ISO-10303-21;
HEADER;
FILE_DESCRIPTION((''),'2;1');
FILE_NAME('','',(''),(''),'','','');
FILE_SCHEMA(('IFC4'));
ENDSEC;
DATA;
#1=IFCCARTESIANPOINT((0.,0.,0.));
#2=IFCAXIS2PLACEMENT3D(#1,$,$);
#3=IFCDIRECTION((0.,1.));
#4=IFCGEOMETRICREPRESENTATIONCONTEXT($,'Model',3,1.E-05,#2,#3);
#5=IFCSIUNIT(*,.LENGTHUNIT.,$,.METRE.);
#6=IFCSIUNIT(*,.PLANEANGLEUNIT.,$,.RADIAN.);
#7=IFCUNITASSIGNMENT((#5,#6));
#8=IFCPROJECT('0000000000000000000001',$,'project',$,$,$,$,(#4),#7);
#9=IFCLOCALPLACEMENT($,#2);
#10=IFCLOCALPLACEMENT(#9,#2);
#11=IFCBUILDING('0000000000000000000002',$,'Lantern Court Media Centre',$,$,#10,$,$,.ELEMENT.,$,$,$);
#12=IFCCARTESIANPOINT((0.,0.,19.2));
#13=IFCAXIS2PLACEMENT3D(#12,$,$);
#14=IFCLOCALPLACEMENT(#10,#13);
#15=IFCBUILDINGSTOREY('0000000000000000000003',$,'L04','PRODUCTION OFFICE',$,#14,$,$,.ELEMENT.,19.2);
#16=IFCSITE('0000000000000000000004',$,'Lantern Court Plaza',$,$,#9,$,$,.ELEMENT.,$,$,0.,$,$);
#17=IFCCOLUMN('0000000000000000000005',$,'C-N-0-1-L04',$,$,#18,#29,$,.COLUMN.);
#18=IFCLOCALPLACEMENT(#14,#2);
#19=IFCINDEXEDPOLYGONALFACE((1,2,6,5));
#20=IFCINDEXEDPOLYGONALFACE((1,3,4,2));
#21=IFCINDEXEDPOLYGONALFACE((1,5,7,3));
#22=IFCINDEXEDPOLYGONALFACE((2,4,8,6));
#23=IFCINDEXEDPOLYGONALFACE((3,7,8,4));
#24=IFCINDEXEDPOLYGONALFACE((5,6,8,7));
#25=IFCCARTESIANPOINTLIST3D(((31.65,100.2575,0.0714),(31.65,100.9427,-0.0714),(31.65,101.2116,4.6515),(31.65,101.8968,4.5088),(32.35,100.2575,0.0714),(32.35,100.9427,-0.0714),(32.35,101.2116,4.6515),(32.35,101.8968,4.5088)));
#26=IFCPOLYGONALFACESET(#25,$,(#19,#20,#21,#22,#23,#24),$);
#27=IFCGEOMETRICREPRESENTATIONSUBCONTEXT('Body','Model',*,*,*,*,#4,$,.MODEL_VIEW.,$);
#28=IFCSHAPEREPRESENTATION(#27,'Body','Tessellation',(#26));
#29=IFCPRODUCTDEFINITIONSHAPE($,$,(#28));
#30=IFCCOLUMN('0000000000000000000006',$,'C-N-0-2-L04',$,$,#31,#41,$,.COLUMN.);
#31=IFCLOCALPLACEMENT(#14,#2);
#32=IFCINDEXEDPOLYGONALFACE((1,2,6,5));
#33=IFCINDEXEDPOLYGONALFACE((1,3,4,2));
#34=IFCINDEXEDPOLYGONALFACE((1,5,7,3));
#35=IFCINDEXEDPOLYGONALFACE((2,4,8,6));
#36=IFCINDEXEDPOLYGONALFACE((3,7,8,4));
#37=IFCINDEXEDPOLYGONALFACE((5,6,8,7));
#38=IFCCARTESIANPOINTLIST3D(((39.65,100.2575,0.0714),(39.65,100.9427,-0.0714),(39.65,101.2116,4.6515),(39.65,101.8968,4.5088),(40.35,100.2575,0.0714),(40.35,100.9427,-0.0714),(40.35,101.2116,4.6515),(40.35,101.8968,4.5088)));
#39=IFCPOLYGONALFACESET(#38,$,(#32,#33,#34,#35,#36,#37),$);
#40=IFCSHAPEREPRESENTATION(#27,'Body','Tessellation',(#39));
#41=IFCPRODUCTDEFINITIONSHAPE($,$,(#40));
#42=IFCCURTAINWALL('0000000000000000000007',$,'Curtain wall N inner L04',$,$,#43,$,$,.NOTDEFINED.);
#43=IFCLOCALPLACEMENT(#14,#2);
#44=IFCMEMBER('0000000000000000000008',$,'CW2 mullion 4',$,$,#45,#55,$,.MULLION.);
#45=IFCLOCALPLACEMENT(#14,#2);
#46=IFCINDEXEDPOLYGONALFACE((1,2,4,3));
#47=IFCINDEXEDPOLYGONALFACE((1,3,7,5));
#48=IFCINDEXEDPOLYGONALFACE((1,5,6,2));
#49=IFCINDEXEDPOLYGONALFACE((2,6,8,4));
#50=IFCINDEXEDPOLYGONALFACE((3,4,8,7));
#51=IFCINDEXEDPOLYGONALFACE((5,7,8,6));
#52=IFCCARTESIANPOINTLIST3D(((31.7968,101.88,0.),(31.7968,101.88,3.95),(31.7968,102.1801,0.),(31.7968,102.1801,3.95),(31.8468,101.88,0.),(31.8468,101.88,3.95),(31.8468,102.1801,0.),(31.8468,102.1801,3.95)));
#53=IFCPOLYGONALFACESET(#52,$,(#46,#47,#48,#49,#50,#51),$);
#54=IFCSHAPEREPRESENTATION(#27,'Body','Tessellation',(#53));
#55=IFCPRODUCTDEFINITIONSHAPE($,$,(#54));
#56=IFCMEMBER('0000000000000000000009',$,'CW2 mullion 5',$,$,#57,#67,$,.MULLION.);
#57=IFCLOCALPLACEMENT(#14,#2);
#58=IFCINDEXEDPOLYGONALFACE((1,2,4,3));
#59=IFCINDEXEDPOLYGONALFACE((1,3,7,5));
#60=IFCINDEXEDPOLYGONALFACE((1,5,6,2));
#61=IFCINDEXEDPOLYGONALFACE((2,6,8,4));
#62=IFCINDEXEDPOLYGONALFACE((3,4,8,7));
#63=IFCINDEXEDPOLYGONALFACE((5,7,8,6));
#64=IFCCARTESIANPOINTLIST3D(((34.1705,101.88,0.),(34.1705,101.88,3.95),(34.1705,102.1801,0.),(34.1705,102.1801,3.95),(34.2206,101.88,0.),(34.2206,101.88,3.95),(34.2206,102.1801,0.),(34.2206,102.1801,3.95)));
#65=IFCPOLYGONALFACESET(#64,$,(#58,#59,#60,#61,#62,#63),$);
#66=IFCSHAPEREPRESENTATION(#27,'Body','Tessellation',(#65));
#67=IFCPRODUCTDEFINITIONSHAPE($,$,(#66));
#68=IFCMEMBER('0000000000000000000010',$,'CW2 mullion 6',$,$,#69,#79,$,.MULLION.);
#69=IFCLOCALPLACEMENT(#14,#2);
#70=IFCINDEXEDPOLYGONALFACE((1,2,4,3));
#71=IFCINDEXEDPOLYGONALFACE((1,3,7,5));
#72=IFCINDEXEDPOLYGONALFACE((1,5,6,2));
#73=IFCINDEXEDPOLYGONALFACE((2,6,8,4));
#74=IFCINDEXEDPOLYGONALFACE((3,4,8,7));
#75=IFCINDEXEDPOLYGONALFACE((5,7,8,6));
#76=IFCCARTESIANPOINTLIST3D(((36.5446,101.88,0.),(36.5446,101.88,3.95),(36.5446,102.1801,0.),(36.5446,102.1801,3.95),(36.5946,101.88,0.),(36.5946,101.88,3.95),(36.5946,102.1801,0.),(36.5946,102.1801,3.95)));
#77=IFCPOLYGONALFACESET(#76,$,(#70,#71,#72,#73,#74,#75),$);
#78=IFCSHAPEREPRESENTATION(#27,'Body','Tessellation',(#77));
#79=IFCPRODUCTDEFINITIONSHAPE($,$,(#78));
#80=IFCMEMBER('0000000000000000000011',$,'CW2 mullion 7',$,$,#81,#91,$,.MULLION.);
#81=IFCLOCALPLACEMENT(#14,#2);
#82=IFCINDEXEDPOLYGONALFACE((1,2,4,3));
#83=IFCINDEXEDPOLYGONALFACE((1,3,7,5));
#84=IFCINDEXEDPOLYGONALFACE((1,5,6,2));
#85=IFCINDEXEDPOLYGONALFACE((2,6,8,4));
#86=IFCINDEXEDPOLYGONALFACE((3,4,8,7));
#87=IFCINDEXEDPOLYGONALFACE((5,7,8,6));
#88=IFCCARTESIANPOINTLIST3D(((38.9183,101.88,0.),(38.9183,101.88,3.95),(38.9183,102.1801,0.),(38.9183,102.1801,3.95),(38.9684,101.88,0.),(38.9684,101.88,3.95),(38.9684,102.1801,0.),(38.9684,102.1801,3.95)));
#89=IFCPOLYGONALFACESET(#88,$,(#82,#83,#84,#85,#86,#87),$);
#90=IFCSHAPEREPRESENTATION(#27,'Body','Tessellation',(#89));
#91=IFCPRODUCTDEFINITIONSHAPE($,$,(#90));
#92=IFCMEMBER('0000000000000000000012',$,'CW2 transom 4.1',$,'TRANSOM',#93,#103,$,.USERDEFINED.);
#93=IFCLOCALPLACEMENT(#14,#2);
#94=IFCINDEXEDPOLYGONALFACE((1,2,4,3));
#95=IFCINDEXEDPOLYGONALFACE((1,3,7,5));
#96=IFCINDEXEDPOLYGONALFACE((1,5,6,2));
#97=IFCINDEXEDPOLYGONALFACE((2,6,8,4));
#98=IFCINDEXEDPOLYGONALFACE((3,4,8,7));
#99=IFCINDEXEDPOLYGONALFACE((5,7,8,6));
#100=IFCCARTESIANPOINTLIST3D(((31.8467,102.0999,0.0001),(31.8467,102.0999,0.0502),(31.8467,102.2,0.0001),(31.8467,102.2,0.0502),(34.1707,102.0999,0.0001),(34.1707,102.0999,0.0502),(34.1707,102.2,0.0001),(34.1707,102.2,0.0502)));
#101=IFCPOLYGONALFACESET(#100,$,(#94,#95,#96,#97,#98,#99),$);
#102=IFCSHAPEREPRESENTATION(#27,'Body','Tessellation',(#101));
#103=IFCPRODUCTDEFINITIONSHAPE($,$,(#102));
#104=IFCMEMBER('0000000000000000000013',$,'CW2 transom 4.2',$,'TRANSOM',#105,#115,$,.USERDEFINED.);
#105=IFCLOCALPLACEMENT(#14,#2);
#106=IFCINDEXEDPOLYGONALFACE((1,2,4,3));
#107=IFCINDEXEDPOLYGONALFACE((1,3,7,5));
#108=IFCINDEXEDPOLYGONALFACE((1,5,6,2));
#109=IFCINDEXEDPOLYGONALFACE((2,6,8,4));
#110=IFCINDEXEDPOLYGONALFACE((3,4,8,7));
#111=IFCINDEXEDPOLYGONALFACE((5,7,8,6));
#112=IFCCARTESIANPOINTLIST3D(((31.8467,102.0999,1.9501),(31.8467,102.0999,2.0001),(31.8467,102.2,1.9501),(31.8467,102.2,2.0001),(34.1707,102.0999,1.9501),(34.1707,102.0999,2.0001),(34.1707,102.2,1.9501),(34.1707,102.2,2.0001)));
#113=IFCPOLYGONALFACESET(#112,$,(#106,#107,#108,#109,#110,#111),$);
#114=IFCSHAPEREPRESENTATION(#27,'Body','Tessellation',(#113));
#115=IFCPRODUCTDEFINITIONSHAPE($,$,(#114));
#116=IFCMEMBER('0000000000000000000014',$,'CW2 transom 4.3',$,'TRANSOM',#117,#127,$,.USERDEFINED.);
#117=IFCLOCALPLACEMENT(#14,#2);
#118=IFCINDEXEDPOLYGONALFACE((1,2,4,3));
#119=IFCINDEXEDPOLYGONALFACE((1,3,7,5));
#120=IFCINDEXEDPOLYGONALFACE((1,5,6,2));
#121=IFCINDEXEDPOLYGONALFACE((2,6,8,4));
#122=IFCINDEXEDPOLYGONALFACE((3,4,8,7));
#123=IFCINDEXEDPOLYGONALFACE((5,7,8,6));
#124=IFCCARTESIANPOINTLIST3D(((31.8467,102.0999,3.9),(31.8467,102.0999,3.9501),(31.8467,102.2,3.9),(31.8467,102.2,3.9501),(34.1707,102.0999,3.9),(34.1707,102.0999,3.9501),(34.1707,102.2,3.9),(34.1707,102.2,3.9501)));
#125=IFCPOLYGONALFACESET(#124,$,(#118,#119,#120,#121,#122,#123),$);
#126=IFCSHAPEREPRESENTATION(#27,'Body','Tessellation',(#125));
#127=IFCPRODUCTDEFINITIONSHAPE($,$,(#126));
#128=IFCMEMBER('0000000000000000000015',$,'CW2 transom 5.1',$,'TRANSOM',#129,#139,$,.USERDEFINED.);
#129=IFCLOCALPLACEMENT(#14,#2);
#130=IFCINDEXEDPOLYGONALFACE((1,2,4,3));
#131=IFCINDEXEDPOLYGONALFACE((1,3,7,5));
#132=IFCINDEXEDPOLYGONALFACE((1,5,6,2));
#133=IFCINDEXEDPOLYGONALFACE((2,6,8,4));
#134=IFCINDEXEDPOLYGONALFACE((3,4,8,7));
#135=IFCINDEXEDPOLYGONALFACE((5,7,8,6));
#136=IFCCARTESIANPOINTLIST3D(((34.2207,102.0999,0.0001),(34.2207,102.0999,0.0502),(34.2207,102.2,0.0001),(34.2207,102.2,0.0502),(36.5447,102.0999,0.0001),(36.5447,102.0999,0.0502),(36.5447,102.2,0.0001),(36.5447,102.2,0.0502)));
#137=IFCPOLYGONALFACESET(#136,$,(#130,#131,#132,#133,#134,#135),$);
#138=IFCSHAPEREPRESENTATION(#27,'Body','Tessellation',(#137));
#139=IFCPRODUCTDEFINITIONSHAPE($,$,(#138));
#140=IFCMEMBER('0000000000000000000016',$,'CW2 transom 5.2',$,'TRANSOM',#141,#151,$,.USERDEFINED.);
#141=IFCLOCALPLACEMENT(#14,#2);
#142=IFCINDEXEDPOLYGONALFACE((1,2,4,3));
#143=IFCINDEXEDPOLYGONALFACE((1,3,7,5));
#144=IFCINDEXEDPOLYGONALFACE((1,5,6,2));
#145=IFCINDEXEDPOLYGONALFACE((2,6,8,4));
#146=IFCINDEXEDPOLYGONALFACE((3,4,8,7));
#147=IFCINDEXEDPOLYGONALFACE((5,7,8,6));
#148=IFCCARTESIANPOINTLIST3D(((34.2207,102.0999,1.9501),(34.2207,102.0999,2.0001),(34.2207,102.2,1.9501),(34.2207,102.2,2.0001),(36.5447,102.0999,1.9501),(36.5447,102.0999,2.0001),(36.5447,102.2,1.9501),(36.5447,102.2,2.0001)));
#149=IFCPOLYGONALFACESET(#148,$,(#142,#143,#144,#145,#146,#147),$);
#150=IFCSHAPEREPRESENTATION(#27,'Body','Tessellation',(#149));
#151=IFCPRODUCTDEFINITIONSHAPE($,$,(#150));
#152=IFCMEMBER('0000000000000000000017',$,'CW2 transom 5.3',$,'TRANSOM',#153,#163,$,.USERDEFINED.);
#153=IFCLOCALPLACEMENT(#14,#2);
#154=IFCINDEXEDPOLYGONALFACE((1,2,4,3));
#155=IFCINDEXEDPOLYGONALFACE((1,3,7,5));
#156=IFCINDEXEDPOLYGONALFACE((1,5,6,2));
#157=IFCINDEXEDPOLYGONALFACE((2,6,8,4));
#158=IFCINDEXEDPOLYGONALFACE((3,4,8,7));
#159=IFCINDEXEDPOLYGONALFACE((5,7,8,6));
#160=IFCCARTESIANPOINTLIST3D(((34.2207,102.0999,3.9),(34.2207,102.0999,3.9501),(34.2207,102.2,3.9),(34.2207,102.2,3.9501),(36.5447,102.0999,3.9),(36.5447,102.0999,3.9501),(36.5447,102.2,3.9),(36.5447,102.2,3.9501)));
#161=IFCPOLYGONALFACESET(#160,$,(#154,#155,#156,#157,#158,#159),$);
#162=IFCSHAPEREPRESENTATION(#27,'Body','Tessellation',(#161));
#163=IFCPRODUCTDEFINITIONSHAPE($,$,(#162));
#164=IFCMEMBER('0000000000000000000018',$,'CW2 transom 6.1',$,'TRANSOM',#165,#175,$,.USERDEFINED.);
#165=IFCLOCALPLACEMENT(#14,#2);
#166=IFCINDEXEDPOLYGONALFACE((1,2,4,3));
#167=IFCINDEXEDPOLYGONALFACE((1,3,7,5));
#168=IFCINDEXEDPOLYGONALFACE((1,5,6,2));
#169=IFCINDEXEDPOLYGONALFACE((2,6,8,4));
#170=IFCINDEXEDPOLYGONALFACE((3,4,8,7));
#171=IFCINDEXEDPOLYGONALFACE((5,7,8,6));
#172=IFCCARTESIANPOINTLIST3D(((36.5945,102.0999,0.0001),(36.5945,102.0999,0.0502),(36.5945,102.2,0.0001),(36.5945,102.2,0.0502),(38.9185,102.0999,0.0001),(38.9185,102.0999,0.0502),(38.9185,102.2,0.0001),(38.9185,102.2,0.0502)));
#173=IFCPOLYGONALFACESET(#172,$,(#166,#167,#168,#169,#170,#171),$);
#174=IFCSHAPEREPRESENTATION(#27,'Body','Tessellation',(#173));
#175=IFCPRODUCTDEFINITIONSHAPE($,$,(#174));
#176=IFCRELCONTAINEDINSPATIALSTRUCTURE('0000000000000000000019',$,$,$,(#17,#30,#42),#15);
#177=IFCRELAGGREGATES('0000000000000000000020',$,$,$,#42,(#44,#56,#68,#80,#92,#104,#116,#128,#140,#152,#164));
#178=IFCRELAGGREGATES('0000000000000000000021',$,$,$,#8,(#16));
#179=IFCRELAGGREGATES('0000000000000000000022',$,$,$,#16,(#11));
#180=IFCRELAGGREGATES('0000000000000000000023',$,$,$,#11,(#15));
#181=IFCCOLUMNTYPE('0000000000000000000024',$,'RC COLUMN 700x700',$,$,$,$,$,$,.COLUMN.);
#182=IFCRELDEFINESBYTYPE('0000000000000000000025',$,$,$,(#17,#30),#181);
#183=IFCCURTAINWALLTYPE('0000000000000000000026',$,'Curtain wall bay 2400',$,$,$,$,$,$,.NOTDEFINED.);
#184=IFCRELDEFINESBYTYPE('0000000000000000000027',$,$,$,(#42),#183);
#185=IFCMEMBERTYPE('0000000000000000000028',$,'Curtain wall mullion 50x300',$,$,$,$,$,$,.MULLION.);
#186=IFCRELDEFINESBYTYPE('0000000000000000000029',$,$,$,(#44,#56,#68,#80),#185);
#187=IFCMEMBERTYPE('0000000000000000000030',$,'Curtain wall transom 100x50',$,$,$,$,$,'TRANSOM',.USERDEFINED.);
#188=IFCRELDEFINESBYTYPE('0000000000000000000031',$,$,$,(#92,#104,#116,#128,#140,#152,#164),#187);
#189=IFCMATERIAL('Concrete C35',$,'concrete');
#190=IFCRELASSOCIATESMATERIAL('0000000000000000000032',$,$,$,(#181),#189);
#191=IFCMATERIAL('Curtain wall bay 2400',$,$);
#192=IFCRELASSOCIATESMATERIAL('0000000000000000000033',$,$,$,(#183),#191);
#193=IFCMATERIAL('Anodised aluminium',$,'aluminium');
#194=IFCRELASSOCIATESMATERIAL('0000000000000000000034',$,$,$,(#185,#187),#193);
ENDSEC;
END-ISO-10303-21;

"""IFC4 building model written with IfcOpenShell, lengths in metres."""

from ifc_helpers import new_model, si_unit, direction, frame, origin, origin_2d, place, context, subcontext, project, spatial, rectangle, extrude, material, material_profile, profile_set, type_object, element, aggregate, save


model = new_model("IFC4")

# Units and contexts
model_context = context("Model", 3, precision=1e-05, world=origin(), true_north=direction((0.0, 1.0)))
body_context = subcontext(model_context, "Body", "Model", "MODEL_VIEW")
ifc_project = project(units=[si_unit("LENGTHUNIT", "METRE"), si_unit("PLANEANGLEUNIT", "RADIAN")], contexts=[model_context])

# Site, building, storey
site_placement = place(None, origin())
site = spatial("IfcSite", under=ifc_project, at=site_placement, Name="Lantern Court Plaza", CompositionType="ELEMENT", RefElevation=0.0)
building_placement = place(site_placement, origin())
building = spatial("IfcBuilding", under=site, at=building_placement, Name="Lantern Court Media Centre", CompositionType="ELEMENT")
storey_placement = place(building_placement, frame((0.0, 0.0, 19.2)))
storey = spatial("IfcBuildingStorey", under=building, at=storey_placement, Name="L04", Description="PRODUCTION OFFICE", CompositionType="ELEMENT", Elevation=19.2)

# Columns
ifc_material_1 = material(Name="Concrete C35", Category="concrete")
ifc_material_profile_1 = material_profile(ifc_material_1, rectangle(XDim=0.7, YDim=0.7, at=origin_2d()), Name="RC 700x700")
ifc_profile_set_1 = profile_set([ifc_material_profile_1], Name="Concrete C35")
column_type = type_object("IfcColumnType", Name="RC COLUMN 700x700", PredefinedType="COLUMN", material=ifc_profile_set_1)
for number, where, z_axis, x_axis, name in (
    (1, (32.0, 100.6001, 0.0), (0.0, 0.203938, 0.978984), (-1.0, 0.0, 0.0), "C-N-0-1-L04"),
    (2, (40.0, 100.6001, 0.0), (0.0, 0.203938, 0.978984), (-1.0, 0.0, 0.0), "C-N-0-2-L04"),
):
    element("IfcColumn", number, at=place(storey_placement, frame(where, z_axis=z_axis, x_axis=x_axis)), inside=storey, type_object=column_type, Name=name, PredefinedType="COLUMN", context=body_context, shape_type="SweptSolid", body=[
        extrude(rectangle(XDim=0.7, YDim=0.7, at=origin_2d()), origin(), (0.0, 0.0, 1.0), 4.6785),
    ])

# Curtain wall, members
ifc_material_2 = material(Name="Curtain wall bay 2400")
curtain_wall_type = type_object("IfcCurtainWallType", Name="Curtain wall bay 2400", PredefinedType="NOTDEFINED", material=ifc_material_2)
curtain_wall_placement = place(storey_placement, origin())
curtain_wall = element("IfcCurtainWall", 3, at=curtain_wall_placement, inside=storey, type_object=curtain_wall_type, Name="Curtain wall N inner L04", PredefinedType="NOTDEFINED")
ifc_material_3 = material(Name="Anodised aluminium", Category="aluminium")
ifc_material_profile_2 = material_profile(ifc_material_3, rectangle(XDim=0.3, YDim=0.05, at=origin_2d()), Name="AL 50x300")
ifc_profile_set_2 = profile_set([ifc_material_profile_2], Name="Anodised aluminium")
member_type_1 = type_object("IfcMemberType", Name="Curtain wall mullion 50x300", PredefinedType="MULLION", material=ifc_profile_set_2)
member_1_placement = place(storey_placement, frame((31.8218, 102.03, 0.0), z_axis=(0.0, 0.0, 1.0), x_axis=(0.0, 1.0, 0.0)))
member_1 = element("IfcMember", 4, at=member_1_placement, type_object=member_type_1, Name="CW2 mullion 4", PredefinedType="MULLION", context=body_context, shape_type="SweptSolid", body=[
    extrude(rectangle(XDim=0.3, YDim=0.05, at=origin_2d()), origin(), (0.0, 0.0, 1.0), 3.95),
])
member_2_placement = place(storey_placement, frame((34.1956, 102.03, 0.0), z_axis=(0.0, 0.0, 1.0), x_axis=(0.0, 1.0, 0.0)))
member_2 = element("IfcMember", 5, at=member_2_placement, type_object=member_type_1, Name="CW2 mullion 5", PredefinedType="MULLION", context=body_context, shape_type="SweptSolid", body=[
    extrude(rectangle(XDim=0.3, YDim=0.05, at=origin_2d()), origin(), (0.0, 0.0, 1.0), 3.95),
])
member_3_placement = place(storey_placement, frame((36.5696, 102.03, 0.0), z_axis=(0.0, 0.0, 1.0), x_axis=(0.0, 1.0, 0.0)))
member_3 = element("IfcMember", 6, at=member_3_placement, type_object=member_type_1, Name="CW2 mullion 6", PredefinedType="MULLION", context=body_context, shape_type="SweptSolid", body=[
    extrude(rectangle(XDim=0.3, YDim=0.05, at=origin_2d()), origin(), (0.0, 0.0, 1.0), 3.95),
])
member_4_placement = place(storey_placement, frame((38.9434, 102.03, 0.0), z_axis=(0.0, 0.0, 1.0), x_axis=(0.0, 1.0, 0.0)))
member_4 = element("IfcMember", 7, at=member_4_placement, type_object=member_type_1, Name="CW2 mullion 7", PredefinedType="MULLION", context=body_context, shape_type="SweptSolid", body=[
    extrude(rectangle(XDim=0.3, YDim=0.05, at=origin_2d()), origin(), (0.0, 0.0, 1.0), 3.95),
])
ifc_material_profile_3 = material_profile(ifc_material_3, rectangle(XDim=0.1001, YDim=0.05, at=origin_2d()), Name="AL 50x100")
ifc_profile_set_3 = profile_set([ifc_material_profile_3], Name="Anodised aluminium")
member_type_2 = type_object("IfcMemberType", Name="Curtain wall transom 100x50", ElementType="TRANSOM", PredefinedType="USERDEFINED", material=ifc_profile_set_3)
member_5_placement = place(storey_placement, frame((31.8467, 102.1499, 0.0251), z_axis=(1.0, 0.0, 0.0), x_axis=(0.0, 1.0, 0.0)))
member_5 = element("IfcMember", 8, at=member_5_placement, type_object=member_type_2, Name="CW2 transom 4.1", ObjectType="TRANSOM", PredefinedType="USERDEFINED", context=body_context, shape_type="SweptSolid", body=[
    extrude(rectangle(XDim=0.1001, YDim=0.05, at=origin_2d()), origin(), (0.0, 0.0, 1.0), 2.324),
])
member_6_placement = place(storey_placement, frame((31.8467, 102.1499, 1.9751), z_axis=(1.0, 0.0, 0.0), x_axis=(0.0, 1.0, 0.0)))
member_6 = element("IfcMember", 9, at=member_6_placement, type_object=member_type_2, Name="CW2 transom 4.2", ObjectType="TRANSOM", PredefinedType="USERDEFINED", context=body_context, shape_type="SweptSolid", body=[
    extrude(rectangle(XDim=0.1001, YDim=0.05, at=origin_2d()), origin(), (0.0, 0.0, 1.0), 2.324),
])
member_7_placement = place(storey_placement, frame((31.8467, 102.1499, 3.925), z_axis=(1.0, 0.0, 0.0), x_axis=(0.0, 1.0, 0.0)))
member_7 = element("IfcMember", 10, at=member_7_placement, type_object=member_type_2, Name="CW2 transom 4.3", ObjectType="TRANSOM", PredefinedType="USERDEFINED", context=body_context, shape_type="SweptSolid", body=[
    extrude(rectangle(XDim=0.1001, YDim=0.05, at=origin_2d()), origin(), (0.0, 0.0, 1.0), 2.324),
])
member_8_placement = place(storey_placement, frame((34.2207, 102.1499, 0.0251), z_axis=(1.0, 0.0, 0.0), x_axis=(0.0, 1.0, 0.0)))
member_8 = element("IfcMember", 11, at=member_8_placement, type_object=member_type_2, Name="CW2 transom 5.1", ObjectType="TRANSOM", PredefinedType="USERDEFINED", context=body_context, shape_type="SweptSolid", body=[
    extrude(rectangle(XDim=0.1001, YDim=0.05, at=origin_2d()), origin(), (0.0, 0.0, 1.0), 2.324),
])
member_9_placement = place(storey_placement, frame((34.2207, 102.1499, 1.9751), z_axis=(1.0, 0.0, 0.0), x_axis=(0.0, 1.0, 0.0)))
member_9 = element("IfcMember", 12, at=member_9_placement, type_object=member_type_2, Name="CW2 transom 5.2", ObjectType="TRANSOM", PredefinedType="USERDEFINED", context=body_context, shape_type="SweptSolid", body=[
    extrude(rectangle(XDim=0.1001, YDim=0.05, at=origin_2d()), origin(), (0.0, 0.0, 1.0), 2.324),
])
member_10_placement = place(storey_placement, frame((34.2207, 102.1499, 3.925), z_axis=(1.0, 0.0, 0.0), x_axis=(0.0, 1.0, 0.0)))
member_10 = element("IfcMember", 13, at=member_10_placement, type_object=member_type_2, Name="CW2 transom 5.3", ObjectType="TRANSOM", PredefinedType="USERDEFINED", context=body_context, shape_type="SweptSolid", body=[
    extrude(rectangle(XDim=0.1001, YDim=0.05, at=origin_2d()), origin(), (0.0, 0.0, 1.0), 2.324),
])
member_11_placement = place(storey_placement, frame((36.5945, 102.1499, 0.0251), z_axis=(1.0, 0.0, 0.0), x_axis=(0.0, 1.0, 0.0)))
member_11 = element("IfcMember", 14, at=member_11_placement, type_object=member_type_2, Name="CW2 transom 6.1", ObjectType="TRANSOM", PredefinedType="USERDEFINED", context=body_context, shape_type="SweptSolid", body=[
    extrude(rectangle(XDim=0.1001, YDim=0.05, at=origin_2d()), origin(), (0.0, 0.0, 1.0), 2.324),
])

aggregate(curtain_wall, [member_1, member_2, member_3, member_4, member_5, member_6, member_7, member_8, member_9, member_10, member_11])

save(model, "model.ifc")
